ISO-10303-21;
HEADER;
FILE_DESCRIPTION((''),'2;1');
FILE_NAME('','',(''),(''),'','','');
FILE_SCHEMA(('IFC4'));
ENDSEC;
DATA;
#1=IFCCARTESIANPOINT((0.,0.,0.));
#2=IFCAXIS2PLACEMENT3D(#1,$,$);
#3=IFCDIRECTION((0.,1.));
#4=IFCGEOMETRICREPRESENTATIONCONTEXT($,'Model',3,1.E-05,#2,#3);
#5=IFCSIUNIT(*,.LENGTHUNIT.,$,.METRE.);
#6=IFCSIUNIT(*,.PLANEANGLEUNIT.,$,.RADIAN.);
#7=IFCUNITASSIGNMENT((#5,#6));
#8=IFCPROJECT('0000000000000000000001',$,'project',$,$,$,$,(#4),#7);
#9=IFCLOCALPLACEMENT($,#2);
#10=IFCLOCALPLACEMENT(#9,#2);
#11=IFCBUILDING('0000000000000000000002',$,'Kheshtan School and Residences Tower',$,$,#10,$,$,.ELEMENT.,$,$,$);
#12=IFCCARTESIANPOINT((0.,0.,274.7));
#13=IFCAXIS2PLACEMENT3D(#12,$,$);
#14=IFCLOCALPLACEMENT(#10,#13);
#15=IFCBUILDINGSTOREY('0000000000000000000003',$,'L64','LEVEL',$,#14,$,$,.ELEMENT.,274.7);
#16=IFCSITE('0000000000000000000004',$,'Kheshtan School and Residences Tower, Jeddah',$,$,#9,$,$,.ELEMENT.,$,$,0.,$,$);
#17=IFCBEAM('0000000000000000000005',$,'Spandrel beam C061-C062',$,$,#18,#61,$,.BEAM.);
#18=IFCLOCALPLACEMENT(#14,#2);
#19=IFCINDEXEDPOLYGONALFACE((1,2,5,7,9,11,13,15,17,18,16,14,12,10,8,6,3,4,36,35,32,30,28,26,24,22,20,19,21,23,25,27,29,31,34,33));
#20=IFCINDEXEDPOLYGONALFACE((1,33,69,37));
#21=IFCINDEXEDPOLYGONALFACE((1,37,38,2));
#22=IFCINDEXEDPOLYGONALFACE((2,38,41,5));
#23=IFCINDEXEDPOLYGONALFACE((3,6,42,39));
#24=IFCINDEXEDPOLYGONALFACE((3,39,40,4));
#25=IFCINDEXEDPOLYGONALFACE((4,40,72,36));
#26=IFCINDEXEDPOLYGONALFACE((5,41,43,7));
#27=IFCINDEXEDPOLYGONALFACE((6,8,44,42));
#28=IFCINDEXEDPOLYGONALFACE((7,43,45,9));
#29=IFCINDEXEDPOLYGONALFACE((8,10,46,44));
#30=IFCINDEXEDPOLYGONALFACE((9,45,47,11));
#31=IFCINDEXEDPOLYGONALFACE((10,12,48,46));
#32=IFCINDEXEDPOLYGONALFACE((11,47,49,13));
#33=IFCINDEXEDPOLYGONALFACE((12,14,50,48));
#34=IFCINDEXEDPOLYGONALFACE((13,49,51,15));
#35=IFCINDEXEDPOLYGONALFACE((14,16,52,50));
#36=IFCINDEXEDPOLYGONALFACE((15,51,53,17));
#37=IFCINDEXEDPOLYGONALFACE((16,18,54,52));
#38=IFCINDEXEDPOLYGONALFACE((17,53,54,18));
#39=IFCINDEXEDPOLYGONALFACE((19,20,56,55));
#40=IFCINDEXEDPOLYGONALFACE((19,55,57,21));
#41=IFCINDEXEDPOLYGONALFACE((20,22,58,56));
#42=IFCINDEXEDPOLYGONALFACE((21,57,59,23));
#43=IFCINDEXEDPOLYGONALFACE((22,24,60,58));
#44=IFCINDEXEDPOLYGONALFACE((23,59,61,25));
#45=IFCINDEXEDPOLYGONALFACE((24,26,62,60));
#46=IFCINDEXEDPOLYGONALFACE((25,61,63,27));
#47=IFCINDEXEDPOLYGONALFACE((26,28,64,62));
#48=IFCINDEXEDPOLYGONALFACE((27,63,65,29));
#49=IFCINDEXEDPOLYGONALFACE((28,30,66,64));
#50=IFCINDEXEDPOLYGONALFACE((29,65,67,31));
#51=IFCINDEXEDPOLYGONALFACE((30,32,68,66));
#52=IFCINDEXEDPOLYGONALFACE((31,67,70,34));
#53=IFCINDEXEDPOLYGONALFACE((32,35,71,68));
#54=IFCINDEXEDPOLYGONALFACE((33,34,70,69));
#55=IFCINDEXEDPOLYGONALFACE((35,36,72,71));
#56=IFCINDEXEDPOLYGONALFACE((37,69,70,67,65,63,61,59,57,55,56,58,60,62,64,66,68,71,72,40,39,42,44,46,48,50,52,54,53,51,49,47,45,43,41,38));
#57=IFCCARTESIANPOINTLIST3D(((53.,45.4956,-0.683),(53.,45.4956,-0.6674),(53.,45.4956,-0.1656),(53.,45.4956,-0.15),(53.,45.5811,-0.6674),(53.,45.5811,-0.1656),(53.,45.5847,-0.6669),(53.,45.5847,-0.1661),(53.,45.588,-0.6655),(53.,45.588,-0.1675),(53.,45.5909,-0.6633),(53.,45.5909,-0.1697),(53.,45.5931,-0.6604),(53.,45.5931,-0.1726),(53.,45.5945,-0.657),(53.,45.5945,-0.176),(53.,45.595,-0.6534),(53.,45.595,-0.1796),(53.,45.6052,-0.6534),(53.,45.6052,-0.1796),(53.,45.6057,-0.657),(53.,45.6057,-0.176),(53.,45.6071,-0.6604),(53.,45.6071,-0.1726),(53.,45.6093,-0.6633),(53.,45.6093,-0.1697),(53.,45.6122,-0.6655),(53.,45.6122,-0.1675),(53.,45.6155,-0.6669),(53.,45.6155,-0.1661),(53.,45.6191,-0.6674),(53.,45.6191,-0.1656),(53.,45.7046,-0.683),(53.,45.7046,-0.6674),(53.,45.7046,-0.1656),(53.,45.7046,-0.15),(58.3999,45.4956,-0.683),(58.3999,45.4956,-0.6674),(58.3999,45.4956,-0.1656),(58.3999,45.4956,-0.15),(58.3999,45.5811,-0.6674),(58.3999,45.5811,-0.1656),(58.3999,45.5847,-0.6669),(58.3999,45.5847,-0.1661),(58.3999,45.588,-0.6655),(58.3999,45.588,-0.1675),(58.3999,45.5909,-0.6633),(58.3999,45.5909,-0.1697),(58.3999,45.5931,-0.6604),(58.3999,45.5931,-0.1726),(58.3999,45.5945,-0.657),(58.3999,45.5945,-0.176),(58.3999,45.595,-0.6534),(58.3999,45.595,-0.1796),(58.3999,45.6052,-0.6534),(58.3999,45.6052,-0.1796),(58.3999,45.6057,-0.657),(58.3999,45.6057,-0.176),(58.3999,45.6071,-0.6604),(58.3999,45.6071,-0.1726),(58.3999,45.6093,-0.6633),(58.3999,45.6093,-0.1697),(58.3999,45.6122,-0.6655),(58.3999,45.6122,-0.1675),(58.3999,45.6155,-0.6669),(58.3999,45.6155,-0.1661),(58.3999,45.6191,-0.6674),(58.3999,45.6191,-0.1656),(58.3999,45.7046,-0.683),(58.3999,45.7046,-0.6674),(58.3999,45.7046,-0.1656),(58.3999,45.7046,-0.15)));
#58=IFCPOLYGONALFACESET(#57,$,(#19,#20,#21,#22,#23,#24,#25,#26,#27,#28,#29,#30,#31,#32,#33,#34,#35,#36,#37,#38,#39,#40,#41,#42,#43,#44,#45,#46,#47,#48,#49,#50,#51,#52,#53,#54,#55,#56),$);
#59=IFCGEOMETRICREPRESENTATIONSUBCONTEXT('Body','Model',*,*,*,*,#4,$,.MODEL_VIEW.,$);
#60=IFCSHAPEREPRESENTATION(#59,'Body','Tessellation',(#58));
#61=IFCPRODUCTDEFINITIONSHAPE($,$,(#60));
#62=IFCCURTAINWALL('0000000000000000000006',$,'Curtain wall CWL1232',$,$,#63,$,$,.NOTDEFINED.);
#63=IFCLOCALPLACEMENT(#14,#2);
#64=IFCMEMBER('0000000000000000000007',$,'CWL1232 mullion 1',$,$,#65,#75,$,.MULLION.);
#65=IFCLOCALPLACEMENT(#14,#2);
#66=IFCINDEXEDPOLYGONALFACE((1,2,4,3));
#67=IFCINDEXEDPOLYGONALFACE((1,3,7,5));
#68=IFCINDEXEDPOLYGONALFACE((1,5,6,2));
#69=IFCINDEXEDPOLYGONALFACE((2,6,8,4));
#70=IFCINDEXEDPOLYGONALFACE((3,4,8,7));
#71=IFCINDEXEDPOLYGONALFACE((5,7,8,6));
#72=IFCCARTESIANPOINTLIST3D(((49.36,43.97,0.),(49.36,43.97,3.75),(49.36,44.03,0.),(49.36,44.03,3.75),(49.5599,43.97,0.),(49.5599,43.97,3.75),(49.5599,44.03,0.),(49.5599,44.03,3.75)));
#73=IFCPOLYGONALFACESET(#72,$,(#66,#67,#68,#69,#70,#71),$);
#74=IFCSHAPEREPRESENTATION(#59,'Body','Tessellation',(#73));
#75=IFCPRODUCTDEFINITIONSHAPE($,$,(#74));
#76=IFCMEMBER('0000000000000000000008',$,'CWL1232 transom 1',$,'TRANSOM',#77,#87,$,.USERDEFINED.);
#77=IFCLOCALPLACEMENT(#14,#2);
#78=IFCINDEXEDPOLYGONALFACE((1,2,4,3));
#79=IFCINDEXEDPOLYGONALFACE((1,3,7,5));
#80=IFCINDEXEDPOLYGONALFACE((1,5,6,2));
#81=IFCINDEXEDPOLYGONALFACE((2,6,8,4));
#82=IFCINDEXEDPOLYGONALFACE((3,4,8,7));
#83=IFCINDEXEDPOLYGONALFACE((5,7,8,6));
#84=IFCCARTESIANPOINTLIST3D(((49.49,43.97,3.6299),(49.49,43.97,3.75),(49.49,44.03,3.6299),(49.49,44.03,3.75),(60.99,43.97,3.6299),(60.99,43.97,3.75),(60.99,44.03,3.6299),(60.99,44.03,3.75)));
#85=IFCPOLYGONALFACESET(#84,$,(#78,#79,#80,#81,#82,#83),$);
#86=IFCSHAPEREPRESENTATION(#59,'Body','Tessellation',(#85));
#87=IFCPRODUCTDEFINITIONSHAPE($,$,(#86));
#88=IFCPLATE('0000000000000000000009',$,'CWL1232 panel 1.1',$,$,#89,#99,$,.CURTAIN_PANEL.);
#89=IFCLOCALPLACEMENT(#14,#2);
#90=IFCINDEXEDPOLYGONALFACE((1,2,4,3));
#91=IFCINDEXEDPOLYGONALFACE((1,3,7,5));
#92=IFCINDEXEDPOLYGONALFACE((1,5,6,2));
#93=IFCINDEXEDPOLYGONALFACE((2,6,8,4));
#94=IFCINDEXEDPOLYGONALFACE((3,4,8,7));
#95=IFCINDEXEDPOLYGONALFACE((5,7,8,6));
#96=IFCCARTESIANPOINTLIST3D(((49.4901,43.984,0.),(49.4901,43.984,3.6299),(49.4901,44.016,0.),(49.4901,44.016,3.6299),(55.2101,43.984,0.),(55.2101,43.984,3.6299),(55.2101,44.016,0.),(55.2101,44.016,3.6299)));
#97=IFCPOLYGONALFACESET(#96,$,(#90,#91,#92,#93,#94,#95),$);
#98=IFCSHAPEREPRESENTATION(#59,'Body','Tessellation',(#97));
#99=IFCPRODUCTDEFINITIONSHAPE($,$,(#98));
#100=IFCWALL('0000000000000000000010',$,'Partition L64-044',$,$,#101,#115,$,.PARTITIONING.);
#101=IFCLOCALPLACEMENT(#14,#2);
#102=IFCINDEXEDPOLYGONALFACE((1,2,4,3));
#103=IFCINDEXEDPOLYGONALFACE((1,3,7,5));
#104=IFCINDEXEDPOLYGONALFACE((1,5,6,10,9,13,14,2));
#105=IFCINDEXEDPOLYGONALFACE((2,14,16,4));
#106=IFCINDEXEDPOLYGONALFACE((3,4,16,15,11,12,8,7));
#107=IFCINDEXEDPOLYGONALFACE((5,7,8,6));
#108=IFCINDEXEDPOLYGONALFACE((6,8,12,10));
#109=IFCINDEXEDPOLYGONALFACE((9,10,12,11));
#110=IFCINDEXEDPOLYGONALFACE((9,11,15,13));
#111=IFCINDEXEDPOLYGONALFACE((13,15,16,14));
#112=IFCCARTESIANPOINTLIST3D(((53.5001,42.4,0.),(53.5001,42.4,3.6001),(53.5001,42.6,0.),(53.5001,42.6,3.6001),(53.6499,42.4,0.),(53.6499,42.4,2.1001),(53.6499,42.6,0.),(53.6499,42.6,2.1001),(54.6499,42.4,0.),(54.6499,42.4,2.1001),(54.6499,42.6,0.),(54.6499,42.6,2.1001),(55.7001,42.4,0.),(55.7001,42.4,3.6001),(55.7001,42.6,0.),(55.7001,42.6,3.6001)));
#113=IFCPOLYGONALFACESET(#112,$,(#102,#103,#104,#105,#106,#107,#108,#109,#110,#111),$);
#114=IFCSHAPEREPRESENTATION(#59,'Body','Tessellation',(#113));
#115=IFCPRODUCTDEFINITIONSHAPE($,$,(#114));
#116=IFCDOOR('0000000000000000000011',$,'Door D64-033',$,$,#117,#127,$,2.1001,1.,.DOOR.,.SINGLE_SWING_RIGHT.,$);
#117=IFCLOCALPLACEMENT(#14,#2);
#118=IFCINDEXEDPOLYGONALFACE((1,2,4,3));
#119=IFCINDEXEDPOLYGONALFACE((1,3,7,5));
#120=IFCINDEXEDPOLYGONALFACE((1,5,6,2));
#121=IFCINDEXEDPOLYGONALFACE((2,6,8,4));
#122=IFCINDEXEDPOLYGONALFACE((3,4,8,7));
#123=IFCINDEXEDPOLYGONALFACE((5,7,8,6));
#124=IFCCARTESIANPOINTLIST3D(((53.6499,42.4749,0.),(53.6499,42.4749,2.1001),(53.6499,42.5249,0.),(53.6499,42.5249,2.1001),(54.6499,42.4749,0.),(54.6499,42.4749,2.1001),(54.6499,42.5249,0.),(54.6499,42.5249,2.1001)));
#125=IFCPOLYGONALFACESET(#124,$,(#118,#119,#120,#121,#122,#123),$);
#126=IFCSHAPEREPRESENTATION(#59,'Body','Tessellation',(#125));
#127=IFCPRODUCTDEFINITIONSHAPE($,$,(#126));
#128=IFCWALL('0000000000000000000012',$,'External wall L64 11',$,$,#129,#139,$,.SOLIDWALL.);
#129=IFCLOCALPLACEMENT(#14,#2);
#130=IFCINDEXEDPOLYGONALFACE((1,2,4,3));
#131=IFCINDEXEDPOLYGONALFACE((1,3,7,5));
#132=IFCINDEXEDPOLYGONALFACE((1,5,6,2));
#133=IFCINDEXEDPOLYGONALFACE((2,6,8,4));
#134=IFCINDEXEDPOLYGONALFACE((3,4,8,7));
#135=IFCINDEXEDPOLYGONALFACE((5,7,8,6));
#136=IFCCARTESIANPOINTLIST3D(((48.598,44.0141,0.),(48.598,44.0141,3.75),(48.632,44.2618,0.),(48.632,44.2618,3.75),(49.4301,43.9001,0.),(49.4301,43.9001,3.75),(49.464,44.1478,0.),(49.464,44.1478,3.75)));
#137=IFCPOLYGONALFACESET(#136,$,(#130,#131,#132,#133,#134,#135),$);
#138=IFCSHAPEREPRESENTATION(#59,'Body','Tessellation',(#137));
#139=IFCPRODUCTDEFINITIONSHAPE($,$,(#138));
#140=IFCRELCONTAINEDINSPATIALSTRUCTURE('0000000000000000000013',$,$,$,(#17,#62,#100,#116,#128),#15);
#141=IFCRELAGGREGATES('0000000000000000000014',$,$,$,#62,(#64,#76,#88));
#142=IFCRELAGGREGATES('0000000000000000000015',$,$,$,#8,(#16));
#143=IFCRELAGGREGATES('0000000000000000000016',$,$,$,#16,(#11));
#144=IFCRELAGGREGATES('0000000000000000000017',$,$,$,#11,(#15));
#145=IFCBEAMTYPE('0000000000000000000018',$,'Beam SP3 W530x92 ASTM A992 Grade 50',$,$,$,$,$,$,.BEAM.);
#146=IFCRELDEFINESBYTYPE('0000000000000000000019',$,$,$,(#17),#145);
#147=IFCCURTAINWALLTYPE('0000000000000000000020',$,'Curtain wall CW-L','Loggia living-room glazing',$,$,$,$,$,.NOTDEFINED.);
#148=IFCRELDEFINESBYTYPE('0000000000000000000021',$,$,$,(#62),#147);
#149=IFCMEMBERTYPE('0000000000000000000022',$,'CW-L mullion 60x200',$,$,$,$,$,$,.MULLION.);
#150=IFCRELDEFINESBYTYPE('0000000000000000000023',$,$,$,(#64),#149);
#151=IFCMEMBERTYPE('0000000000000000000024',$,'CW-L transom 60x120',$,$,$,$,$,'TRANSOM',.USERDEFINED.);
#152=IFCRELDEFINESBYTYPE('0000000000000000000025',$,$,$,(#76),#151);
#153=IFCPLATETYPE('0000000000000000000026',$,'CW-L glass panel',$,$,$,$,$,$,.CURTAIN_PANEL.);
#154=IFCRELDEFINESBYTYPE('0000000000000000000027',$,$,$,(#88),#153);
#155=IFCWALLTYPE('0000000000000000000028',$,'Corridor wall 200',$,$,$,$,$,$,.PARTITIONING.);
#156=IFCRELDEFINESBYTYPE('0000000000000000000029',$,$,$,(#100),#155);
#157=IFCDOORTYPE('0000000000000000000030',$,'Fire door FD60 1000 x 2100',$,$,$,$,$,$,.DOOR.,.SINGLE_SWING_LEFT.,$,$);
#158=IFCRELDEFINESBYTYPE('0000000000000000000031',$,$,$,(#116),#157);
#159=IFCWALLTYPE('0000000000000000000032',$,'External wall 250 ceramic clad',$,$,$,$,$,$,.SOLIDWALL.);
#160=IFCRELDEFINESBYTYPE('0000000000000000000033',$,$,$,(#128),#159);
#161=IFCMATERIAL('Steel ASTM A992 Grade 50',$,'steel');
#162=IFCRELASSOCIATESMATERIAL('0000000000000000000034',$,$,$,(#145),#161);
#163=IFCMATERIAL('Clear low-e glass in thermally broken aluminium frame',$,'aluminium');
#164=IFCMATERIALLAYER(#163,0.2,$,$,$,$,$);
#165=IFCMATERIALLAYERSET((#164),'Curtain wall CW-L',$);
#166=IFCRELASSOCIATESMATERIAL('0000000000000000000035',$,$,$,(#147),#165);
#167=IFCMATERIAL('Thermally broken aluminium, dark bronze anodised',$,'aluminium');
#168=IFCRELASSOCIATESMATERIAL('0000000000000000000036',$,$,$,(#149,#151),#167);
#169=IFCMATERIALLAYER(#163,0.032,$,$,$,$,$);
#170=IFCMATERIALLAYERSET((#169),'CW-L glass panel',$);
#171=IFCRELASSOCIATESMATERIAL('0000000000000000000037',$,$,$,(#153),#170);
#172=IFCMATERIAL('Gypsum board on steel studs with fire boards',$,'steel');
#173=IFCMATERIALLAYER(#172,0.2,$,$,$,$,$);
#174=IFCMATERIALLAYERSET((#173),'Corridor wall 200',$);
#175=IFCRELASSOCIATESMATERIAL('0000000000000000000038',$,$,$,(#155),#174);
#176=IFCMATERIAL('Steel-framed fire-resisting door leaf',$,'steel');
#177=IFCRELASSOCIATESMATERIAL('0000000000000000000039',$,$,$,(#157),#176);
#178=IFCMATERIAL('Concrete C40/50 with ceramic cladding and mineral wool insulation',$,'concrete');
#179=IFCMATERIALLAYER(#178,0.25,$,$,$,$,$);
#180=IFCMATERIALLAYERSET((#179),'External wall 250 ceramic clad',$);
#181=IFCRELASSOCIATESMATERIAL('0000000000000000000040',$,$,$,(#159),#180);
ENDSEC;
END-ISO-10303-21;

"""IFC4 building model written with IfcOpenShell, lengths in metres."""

from ifc_helpers import new_model, si_unit, direction, frame, frame_2d, origin, origin_2d, place, context, subcontext, project, spatial, rectangle, i_section, extrude, source, transform, mapped, material, layer, layer_set, material_profile, profile_set, type_object, element, fill, aggregate, save


model = new_model("IFC4")

# Units and contexts
model_context = context("Model", 3, precision=1e-05, world=origin(), true_north=direction((0.0, 1.0)))
body_context = subcontext(model_context, "Body", "Model", "MODEL_VIEW")
ifc_project = project(units=[si_unit("LENGTHUNIT", "METRE"), si_unit("PLANEANGLEUNIT", "RADIAN")], contexts=[model_context])

# Site, building, storey
site_placement = place(None, origin())
site = spatial("IfcSite", under=ifc_project, at=site_placement, Name="Kheshtan School and Residences Tower, Jeddah", CompositionType="ELEMENT", RefElevation=0.0)
building_placement = place(site_placement, origin())
building = spatial("IfcBuilding", under=site, at=building_placement, Name="Kheshtan School and Residences Tower", CompositionType="ELEMENT")
storey_placement = place(building_placement, frame((0.0, 0.0, 274.7)))
storey = spatial("IfcBuildingStorey", under=building, at=storey_placement, Name="L64", Description="LEVEL", CompositionType="ELEMENT", Elevation=274.7)

# Shared definitions
ifc_material_1 = material(Name="Steel ASTM A992 Grade 50", Category="steel")

# Beam
ifc_material_profile_1 = material_profile(ifc_material_1, i_section(OverallWidth=0.209, OverallDepth=0.533, WebThickness=0.0103, FlangeThickness=0.0156, FilletRadius=0.0139, at=origin_2d()), Name="W530x92")
ifc_profile_set_1 = profile_set([ifc_material_profile_1], Name="Steel ASTM A992 Grade 50")
beam_type_1 = type_object("IfcBeamType", Name="Beam SP3 W530x92 ASTM A992 Grade 50", PredefinedType="BEAM", material=ifc_profile_set_1)
beam_1_placement = place(storey_placement, frame((53.0, 45.6001, -0.4165), z_axis=(1.0, 0.0, 0.0), x_axis=(0.0, 1.0, 0.0)))
element("IfcBeam", 1, at=beam_1_placement, inside=storey, type_object=beam_type_1, Name="Spandrel beam C061-C062", PredefinedType="BEAM", context=body_context, shape_type="SweptSolid", body=[
    extrude(i_section(OverallWidth=0.209, OverallDepth=0.533, WebThickness=0.0103, FlangeThickness=0.0156, FilletRadius=0.0139, at=origin_2d()), origin(), (0.0, 0.0, 1.0), 5.3999),
])

# Curtain wall, members, plate
ifc_material_2 = material(Name="Clear low-e glass in thermally broken aluminium frame", Category="aluminium")
ifc_layer_1 = layer(ifc_material_2, 0.2)
ifc_layer_set_1 = layer_set([ifc_layer_1], Name="Curtain wall CW-L")
curtain_wall_type = type_object("IfcCurtainWallType", Name="Curtain wall CW-L", Description="Loggia living-room glazing", PredefinedType="NOTDEFINED", material=ifc_layer_set_1)
curtain_wall_placement = place(storey_placement, origin())
curtain_wall = element("IfcCurtainWall", 2, at=curtain_wall_placement, inside=storey, type_object=curtain_wall_type, Name="Curtain wall CWL1232", PredefinedType="NOTDEFINED")
ifc_material_3 = material(Name="Thermally broken aluminium, dark bronze anodised", Category="aluminium")
ifc_material_profile_2 = material_profile(ifc_material_3, rectangle(XDim=0.0601, YDim=0.2, at=origin_2d()), Name="CW-L mullion 60x200")
ifc_profile_set_2 = profile_set([ifc_material_profile_2], Name="Thermally broken aluminium, dark bronze anodised")
member_type_1 = type_object("IfcMemberType", Name="CW-L mullion 60x200", PredefinedType="MULLION", material=ifc_profile_set_2)
member_1_placement = place(storey_placement, frame((49.46, 44.0, 0.0), z_axis=(0.0, 0.0, 1.0), x_axis=(0.0, 1.0, 0.0)))
member_1 = element("IfcMember", 3, at=member_1_placement, type_object=member_type_1, Name="CWL1232 mullion 1", PredefinedType="MULLION", context=body_context, shape_type="SweptSolid", body=[
    extrude(rectangle(XDim=0.0601, YDim=0.2, at=origin_2d()), origin(), (0.0, 0.0, 1.0), 3.75),
])
ifc_material_profile_3 = material_profile(ifc_material_3, rectangle(XDim=0.0601, YDim=0.1201, at=origin_2d()), Name="CW-L transom 60x120")
ifc_profile_set_3 = profile_set([ifc_material_profile_3], Name="Thermally broken aluminium, dark bronze anodised")
member_type_2 = type_object("IfcMemberType", Name="CW-L transom 60x120", ElementType="TRANSOM", PredefinedType="USERDEFINED", material=ifc_profile_set_3)
member_2_placement = place(storey_placement, frame((49.49, 44.0, 3.6899), z_axis=(1.0, 0.0, 0.0), x_axis=(0.0, 1.0, 0.0)))
member_2 = element("IfcMember", 4, at=member_2_placement, type_object=member_type_2, Name="CWL1232 transom 1", ObjectType="TRANSOM", PredefinedType="USERDEFINED", context=body_context, shape_type="SweptSolid", body=[
    extrude(rectangle(XDim=0.0601, YDim=0.1201, at=origin_2d()), origin(), (0.0, 0.0, 1.0), 11.5),
])
ifc_layer_2 = layer(ifc_material_2, 0.032)
ifc_layer_set_2 = layer_set([ifc_layer_2], Name="CW-L glass panel")
plate_type = type_object("IfcPlateType", Name="CW-L glass panel", PredefinedType="CURTAIN_PANEL", material=ifc_layer_set_2)
plate_placement = place(storey_placement, frame((52.3501, 44.0, 0.0), z_axis=(0.0, 0.0, 1.0), x_axis=(1.0, 0.0, 0.0)))
plate = element("IfcPlate", 5, at=plate_placement, type_object=plate_type, Name="CWL1232 panel 1.1", PredefinedType="CURTAIN_PANEL", context=body_context, shape_type="SweptSolid", body=[
    extrude(rectangle(XDim=5.72, YDim=0.032, at=origin_2d()), origin(), (0.0, 0.0, 1.0), 3.6299),
])
aggregate(curtain_wall, [member_1, member_2, plate])

# Wall, opening, door
ifc_material_4 = material(Name="Gypsum board on steel studs with fire boards", Category="steel")
ifc_layer_3 = layer(ifc_material_4, 0.2)
ifc_layer_set_3 = layer_set([ifc_layer_3], Name="Corridor wall 200")
wall_type_1 = type_object("IfcWallType", Name="Corridor wall 200", PredefinedType="PARTITIONING", material=ifc_layer_set_3)
wall_1_placement = place(storey_placement, frame((53.5, 42.5, 0.0), z_axis=(0.0, 0.0, 1.0), x_axis=(1.0, 0.0, 0.0)))
wall_1 = element("IfcWall", 6, at=wall_1_placement, inside=storey, type_object=wall_type_1, Name="Partition L64-044", PredefinedType="PARTITIONING", context=body_context, shape_type="SweptSolid", body=[
    extrude(rectangle(XDim=2.2, YDim=0.2, at=frame_2d((1.1001, 0.0))), origin(), (0.0, 0.0, 1.0), 3.6001),
])
opening_placement = place(wall_1_placement, frame((0.1499, 0.0, 0.0)))
opening = element("IfcOpeningElement", 7, at=opening_placement, cuts=wall_1, PredefinedType="OPENING", context=body_context, shape_type="SweptSolid", body=[
    extrude(rectangle(XDim=1.0, YDim=2.1001, at=frame_2d((0.5, 1.05))), frame((0.0, 0.1099, 0.0), z_axis=(0.0, -1.0, 0.0), x_axis=(1.0, 0.0, 0.0)), (0.0, 0.0, 1.0), 0.22),
])
ifc_material_5 = material(Name="Steel-framed fire-resisting door leaf", Category="steel")
door_type = type_object("IfcDoorType", Name="Fire door FD60 1000 x 2100", OperationType="SINGLE_SWING_LEFT", PredefinedType="DOOR", material=ifc_material_5)
shared_shape = source(origin(), body_context, "Body", "SweptSolid", [
    extrude(rectangle(XDim=1.0, YDim=2.1001, at=frame_2d((0.5, 1.05))), frame((0.0, 0.0249, 0.0), z_axis=(0.0, -1.0, 0.0), x_axis=(1.0, 0.0, 0.0)), (0.0, 0.0, 1.0), 0.05),
])
door_placement = place(opening_placement, origin())
door = element("IfcDoor", 8, at=door_placement, inside=storey, type_object=door_type, Name="Door D64-033", OperationType="SINGLE_SWING_RIGHT", OverallHeight=2.1001, OverallWidth=1.0, PredefinedType="DOOR", context=body_context, shape_type="MappedRepresentation", body=[
    mapped(shared_shape, transform((0.0, 0.0, 0.0), x_axis=(1.0, 0.0, 0.0), y_axis=(0.0, 1.0, 0.0), z_axis=(0.0, 0.0, 1.0), scale=1.0)),
])
fill(opening, door)

# Wall
ifc_material_6 = material(Name="Concrete C40/50 with ceramic cladding and mineral wool insulation", Category="concrete")
ifc_layer_4 = layer(ifc_material_6, 0.25)
ifc_layer_set_4 = layer_set([ifc_layer_4], Name="External wall 250 ceramic clad")
wall_type_2 = type_object("IfcWallType", Name="External wall 250 ceramic clad", PredefinedType="SOLIDWALL", material=ifc_layer_set_4)
wall_2_placement = place(storey_placement, frame((48.615, 44.1379, 0.0), z_axis=(0.0, 0.0, 1.0), x_axis=(0.990742, -0.135762, 0.0)))
element("IfcWall", 9, at=wall_2_placement, inside=storey, type_object=wall_type_2, Name="External wall L64 11", PredefinedType="SOLIDWALL", context=body_context, shape_type="SweptSolid", body=[
    extrude(rectangle(XDim=0.8398, YDim=0.25, at=frame_2d((0.4199, 0.0))), origin(), (0.0, 0.0, 1.0), 3.75),
])

save(model, "model.ifc")
